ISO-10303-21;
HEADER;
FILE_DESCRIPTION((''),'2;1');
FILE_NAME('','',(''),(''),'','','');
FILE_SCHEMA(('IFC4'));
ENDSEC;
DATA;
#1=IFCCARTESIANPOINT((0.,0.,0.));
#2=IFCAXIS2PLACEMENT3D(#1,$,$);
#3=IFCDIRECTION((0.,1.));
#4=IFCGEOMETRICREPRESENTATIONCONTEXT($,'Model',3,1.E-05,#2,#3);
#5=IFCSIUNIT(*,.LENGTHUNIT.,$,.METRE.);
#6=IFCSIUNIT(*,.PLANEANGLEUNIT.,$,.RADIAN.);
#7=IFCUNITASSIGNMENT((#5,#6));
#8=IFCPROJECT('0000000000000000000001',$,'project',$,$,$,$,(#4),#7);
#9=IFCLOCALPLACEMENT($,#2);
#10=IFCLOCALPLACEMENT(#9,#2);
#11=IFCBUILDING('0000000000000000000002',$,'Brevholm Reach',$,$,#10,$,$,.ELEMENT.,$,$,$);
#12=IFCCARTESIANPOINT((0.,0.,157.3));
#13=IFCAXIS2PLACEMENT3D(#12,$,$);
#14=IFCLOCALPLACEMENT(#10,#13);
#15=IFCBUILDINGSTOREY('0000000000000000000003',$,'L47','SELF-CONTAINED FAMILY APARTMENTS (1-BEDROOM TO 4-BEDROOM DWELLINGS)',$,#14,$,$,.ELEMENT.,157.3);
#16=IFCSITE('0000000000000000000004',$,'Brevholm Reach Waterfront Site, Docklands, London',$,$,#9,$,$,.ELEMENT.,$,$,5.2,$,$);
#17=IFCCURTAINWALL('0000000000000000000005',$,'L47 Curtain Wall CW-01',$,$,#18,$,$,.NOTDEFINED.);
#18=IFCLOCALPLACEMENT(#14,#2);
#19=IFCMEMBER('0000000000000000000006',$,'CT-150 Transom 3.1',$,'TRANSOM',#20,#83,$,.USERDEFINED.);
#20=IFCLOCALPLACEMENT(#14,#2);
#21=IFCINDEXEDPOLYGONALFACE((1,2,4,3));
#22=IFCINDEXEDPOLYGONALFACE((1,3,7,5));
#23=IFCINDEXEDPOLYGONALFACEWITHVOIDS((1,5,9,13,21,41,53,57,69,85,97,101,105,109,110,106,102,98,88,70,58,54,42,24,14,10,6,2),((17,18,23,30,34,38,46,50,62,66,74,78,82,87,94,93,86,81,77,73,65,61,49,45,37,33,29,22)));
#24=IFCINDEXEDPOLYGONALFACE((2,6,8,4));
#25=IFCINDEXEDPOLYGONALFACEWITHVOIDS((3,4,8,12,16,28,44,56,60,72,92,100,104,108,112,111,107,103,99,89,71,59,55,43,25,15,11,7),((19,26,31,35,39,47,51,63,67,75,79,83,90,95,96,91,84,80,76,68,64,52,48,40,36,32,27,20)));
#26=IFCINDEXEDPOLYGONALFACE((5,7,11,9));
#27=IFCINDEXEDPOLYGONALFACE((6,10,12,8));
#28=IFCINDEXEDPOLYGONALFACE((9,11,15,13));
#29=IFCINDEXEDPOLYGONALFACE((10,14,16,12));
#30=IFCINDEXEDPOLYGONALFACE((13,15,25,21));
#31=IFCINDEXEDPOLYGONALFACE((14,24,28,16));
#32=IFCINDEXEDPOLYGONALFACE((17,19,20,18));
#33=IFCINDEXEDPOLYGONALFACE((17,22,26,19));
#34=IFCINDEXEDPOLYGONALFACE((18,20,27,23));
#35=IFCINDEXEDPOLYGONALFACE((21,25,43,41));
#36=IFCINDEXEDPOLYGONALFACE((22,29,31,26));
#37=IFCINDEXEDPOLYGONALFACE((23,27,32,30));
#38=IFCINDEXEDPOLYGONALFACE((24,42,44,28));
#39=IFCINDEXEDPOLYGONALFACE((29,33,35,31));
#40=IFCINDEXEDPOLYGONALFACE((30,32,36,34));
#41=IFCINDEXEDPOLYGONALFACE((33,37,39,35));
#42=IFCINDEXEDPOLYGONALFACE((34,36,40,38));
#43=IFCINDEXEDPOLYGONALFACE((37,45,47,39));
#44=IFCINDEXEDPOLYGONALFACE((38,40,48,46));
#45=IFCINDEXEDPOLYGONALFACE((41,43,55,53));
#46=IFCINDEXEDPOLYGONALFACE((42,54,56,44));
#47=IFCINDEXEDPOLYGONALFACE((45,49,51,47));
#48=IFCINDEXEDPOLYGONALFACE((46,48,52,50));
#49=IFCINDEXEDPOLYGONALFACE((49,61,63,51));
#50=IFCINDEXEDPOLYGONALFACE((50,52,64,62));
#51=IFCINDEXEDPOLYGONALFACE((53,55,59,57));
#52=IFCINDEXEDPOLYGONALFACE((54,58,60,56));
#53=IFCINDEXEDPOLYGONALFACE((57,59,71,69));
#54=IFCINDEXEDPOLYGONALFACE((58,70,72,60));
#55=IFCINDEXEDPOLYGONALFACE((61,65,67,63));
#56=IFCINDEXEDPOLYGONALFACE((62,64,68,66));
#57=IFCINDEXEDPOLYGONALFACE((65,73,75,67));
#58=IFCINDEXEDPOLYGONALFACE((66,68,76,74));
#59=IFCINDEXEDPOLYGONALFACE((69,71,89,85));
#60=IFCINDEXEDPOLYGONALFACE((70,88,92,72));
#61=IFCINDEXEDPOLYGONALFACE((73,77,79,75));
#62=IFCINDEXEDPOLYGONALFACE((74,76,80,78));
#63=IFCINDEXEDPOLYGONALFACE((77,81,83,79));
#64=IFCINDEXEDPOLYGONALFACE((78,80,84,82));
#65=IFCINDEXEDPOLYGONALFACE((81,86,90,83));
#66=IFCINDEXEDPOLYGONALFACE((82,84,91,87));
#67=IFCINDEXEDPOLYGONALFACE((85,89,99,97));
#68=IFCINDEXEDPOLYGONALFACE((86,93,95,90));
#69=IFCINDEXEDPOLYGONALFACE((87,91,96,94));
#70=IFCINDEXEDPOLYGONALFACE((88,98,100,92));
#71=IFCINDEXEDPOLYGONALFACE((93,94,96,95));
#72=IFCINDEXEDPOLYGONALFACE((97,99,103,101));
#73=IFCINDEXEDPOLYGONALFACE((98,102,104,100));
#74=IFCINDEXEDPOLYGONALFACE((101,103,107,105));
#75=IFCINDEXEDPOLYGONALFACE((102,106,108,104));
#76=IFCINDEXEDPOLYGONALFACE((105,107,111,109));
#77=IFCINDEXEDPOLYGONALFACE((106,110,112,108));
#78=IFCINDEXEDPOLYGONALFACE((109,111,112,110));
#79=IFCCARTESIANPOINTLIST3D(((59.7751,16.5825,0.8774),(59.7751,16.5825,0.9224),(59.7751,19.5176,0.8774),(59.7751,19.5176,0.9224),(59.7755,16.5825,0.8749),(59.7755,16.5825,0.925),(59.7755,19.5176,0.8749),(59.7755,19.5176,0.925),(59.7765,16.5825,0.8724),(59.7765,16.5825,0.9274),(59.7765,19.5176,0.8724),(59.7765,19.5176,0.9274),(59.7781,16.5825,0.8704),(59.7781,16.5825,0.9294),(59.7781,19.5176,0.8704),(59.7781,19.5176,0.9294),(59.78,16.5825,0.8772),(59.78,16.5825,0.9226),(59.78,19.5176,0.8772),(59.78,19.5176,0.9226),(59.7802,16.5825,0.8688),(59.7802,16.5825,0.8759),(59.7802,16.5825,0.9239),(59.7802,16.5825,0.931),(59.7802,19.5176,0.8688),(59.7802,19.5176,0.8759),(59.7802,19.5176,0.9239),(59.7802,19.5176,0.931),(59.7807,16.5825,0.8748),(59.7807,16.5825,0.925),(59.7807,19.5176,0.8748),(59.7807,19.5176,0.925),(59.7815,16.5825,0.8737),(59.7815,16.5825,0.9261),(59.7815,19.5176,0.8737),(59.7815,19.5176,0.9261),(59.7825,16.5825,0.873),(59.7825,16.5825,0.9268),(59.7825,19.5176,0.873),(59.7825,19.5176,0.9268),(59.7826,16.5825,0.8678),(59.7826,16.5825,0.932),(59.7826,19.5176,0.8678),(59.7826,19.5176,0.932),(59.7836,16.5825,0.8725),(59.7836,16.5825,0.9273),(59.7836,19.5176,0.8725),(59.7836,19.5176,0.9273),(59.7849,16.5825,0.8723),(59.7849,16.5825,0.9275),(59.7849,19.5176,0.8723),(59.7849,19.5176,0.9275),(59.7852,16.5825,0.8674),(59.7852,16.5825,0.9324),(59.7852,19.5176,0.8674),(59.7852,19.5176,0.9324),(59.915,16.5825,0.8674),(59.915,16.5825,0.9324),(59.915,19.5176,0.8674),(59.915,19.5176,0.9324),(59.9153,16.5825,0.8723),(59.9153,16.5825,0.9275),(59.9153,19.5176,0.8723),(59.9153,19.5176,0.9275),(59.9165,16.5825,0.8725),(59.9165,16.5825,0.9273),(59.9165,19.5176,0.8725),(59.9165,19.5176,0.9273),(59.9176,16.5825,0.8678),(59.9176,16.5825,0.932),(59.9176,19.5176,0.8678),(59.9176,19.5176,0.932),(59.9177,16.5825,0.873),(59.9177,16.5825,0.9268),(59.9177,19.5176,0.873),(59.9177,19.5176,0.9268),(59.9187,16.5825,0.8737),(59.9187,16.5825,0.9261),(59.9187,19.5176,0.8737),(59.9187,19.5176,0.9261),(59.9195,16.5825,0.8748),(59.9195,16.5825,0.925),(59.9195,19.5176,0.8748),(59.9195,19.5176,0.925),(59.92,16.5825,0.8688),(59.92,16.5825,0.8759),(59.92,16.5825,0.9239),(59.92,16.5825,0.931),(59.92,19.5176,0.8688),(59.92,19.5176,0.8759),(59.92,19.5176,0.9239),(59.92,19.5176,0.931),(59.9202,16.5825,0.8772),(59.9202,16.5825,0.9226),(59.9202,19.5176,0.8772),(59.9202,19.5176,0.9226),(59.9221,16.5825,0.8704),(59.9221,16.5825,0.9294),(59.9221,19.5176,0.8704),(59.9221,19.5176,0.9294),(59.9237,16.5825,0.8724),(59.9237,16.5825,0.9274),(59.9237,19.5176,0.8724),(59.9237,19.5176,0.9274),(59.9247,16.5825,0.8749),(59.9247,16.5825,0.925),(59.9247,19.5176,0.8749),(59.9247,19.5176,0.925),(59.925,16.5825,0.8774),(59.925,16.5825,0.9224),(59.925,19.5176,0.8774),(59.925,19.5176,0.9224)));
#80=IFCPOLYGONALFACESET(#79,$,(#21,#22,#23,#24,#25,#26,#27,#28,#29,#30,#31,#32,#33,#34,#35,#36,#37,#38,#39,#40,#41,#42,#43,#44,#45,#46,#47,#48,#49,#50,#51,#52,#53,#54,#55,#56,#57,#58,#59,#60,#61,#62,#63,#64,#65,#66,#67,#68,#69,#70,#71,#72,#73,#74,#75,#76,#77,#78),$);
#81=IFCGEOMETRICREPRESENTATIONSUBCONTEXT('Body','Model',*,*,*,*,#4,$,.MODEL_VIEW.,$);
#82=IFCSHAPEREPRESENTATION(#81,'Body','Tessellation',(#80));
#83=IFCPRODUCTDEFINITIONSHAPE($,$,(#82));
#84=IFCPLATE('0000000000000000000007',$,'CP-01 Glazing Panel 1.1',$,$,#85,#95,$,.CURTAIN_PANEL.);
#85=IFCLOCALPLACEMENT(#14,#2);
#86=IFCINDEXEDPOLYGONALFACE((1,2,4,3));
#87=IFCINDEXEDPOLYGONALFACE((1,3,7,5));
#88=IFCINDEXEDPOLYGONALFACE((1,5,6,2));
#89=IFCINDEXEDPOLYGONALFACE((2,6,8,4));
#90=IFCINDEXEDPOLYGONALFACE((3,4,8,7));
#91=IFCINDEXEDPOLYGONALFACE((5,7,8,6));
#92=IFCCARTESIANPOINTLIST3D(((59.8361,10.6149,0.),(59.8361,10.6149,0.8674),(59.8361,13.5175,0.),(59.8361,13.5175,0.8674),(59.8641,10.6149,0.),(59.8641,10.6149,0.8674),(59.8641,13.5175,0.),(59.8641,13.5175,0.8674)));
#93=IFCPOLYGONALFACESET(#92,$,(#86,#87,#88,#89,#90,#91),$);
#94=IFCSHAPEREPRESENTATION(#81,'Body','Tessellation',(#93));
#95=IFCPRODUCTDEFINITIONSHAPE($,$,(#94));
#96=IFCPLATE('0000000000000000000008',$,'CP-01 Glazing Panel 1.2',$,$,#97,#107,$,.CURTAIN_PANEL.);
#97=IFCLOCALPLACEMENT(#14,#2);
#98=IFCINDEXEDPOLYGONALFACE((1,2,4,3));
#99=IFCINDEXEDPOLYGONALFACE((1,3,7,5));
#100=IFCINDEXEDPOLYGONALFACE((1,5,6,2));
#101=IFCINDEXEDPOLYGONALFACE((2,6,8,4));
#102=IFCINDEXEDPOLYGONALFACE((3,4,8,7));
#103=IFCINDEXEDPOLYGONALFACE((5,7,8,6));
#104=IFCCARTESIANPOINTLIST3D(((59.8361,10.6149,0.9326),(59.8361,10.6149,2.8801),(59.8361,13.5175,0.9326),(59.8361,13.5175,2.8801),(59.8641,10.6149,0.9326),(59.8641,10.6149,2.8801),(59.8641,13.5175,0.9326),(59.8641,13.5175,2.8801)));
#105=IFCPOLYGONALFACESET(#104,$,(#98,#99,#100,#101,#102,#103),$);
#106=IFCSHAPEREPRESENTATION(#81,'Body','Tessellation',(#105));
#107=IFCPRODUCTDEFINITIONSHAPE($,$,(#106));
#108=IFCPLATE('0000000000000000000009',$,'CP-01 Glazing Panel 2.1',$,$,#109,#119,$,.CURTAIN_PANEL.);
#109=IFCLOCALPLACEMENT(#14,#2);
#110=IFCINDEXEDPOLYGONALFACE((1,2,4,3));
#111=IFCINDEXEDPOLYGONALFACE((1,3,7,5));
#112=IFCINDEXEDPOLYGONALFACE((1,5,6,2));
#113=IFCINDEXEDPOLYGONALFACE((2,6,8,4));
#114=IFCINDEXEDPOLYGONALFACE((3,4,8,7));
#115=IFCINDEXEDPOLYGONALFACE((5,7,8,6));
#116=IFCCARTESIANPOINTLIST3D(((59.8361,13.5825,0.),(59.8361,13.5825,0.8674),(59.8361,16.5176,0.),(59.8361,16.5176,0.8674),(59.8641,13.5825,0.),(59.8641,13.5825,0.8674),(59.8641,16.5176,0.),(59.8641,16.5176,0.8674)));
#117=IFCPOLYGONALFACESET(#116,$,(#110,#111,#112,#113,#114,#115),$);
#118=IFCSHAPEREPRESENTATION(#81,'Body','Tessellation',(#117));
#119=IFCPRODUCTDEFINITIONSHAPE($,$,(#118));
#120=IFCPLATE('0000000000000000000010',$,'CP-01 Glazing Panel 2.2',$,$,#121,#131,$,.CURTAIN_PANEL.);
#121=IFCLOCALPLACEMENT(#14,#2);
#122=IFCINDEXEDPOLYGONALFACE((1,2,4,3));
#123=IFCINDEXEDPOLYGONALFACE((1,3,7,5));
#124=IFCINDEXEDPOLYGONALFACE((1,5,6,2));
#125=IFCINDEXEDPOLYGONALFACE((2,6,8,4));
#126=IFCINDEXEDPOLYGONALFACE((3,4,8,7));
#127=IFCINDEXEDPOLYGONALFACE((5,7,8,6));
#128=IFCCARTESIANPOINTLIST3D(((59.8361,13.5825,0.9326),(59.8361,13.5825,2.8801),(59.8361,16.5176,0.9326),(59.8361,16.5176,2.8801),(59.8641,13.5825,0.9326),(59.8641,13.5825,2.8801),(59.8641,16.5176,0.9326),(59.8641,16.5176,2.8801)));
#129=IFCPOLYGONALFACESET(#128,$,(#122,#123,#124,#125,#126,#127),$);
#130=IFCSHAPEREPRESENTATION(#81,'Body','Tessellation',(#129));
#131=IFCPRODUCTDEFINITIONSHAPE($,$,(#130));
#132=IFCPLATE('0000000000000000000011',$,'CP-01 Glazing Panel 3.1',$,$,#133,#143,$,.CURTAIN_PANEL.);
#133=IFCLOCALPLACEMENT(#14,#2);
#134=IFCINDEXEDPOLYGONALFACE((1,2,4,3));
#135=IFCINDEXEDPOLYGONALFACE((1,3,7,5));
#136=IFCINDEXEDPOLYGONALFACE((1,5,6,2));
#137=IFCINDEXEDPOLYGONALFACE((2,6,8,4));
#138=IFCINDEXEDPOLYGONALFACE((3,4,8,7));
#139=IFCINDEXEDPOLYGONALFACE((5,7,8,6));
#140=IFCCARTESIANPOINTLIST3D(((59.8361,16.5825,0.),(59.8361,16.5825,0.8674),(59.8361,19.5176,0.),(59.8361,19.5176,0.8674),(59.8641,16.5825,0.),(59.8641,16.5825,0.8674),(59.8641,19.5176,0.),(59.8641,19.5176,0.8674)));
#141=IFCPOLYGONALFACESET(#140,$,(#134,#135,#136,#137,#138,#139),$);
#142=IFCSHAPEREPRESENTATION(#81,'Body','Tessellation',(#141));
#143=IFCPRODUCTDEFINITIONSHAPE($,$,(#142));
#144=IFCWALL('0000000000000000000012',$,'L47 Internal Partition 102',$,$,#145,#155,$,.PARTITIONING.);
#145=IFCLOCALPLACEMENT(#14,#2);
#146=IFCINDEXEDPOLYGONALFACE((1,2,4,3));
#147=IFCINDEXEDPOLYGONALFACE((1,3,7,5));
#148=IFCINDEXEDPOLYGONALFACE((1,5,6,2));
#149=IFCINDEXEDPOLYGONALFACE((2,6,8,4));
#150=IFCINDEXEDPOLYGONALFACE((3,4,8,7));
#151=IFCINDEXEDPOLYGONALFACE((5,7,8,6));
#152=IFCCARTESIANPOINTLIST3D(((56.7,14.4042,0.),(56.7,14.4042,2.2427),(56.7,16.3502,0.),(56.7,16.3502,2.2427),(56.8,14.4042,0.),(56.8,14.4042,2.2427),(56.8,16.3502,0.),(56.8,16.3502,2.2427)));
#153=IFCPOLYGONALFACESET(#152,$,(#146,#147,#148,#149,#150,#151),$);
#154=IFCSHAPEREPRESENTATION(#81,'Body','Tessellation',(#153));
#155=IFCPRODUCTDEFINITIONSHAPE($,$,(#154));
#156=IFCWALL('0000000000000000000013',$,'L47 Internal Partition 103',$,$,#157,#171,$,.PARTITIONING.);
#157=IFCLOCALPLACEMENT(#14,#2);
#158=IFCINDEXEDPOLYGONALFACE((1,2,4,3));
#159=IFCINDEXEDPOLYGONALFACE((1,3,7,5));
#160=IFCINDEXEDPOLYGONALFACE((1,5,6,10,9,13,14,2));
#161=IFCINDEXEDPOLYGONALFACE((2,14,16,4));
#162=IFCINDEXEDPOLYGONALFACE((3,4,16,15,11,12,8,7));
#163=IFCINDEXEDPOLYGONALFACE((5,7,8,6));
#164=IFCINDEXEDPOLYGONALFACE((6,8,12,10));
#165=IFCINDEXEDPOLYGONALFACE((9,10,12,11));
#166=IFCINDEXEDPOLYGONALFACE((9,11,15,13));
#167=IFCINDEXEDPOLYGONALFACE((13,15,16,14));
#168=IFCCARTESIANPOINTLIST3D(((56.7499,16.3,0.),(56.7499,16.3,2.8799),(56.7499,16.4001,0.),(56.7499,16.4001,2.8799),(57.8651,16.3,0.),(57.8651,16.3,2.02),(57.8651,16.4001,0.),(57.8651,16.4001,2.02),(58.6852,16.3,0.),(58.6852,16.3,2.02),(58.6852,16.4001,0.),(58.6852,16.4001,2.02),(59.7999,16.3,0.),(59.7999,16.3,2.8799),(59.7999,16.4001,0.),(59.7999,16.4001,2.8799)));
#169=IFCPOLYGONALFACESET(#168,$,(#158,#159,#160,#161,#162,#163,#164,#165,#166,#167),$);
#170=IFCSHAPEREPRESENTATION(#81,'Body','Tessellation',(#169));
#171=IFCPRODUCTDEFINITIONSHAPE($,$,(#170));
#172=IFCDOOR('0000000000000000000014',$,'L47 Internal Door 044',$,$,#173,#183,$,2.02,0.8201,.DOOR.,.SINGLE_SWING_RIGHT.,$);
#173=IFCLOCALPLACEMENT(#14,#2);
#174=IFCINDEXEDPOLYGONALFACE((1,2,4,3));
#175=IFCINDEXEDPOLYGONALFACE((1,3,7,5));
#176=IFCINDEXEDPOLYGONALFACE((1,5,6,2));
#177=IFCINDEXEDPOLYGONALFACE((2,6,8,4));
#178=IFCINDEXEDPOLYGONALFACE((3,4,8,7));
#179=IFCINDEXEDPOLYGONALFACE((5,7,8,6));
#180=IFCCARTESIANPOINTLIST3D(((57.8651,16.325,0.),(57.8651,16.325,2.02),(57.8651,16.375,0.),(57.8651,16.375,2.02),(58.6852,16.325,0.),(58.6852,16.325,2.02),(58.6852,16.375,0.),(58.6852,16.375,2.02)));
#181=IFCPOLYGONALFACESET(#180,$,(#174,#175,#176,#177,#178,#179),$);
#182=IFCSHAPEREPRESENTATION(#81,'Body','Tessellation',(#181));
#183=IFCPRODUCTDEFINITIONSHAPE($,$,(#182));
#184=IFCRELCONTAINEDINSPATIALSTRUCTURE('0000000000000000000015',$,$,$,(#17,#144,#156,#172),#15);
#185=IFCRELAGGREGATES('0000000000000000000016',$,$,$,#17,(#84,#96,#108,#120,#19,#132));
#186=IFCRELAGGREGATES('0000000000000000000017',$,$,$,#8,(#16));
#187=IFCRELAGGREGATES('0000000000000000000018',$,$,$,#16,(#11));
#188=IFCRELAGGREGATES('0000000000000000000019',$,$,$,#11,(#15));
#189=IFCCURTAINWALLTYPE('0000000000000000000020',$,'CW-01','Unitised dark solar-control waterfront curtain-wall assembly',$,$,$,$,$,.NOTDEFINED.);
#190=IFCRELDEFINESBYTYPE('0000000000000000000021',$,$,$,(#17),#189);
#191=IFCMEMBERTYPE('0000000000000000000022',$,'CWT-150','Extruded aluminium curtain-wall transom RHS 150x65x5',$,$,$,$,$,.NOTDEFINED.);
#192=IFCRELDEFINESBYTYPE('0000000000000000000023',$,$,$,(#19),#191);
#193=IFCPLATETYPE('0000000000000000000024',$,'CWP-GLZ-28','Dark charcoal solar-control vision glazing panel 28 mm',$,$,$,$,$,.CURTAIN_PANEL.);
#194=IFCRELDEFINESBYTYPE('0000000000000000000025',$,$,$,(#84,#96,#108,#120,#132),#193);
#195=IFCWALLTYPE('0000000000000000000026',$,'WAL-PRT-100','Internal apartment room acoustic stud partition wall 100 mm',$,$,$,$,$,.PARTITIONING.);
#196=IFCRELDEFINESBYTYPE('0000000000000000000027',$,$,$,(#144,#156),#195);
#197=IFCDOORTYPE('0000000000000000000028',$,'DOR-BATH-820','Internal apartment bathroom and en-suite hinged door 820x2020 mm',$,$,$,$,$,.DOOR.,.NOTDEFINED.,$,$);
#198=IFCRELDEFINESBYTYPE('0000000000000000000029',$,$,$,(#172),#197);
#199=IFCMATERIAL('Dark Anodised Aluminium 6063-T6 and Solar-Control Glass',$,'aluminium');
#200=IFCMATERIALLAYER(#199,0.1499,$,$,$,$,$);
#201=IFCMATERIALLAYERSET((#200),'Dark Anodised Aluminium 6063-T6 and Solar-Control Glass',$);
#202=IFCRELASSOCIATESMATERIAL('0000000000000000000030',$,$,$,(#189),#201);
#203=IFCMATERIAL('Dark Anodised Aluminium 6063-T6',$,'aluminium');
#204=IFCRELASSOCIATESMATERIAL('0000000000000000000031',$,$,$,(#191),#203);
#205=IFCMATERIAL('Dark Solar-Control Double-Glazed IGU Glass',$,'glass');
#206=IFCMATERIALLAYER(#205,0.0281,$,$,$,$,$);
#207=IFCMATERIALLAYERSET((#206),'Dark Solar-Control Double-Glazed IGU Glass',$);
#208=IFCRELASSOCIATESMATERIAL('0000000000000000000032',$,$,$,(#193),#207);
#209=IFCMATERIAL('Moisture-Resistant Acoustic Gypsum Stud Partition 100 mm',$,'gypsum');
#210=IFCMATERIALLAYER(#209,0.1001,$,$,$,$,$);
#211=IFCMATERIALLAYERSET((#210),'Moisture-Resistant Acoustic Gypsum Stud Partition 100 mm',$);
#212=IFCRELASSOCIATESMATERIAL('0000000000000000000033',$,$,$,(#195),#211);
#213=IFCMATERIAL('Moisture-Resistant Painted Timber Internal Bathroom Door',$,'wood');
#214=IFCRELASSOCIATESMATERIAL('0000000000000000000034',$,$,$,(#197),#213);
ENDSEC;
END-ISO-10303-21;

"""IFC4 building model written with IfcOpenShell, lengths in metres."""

from ifc_helpers import new_model, si_unit, direction, frame, frame_2d, origin, origin_2d, place, context, subcontext, project, spatial, rectangle, hollow_rectangle, extrude, material, layer, layer_set, material_profile, profile_set, type_object, element, fill, aggregate, save


model = new_model("IFC4")

# Units and contexts
model_context = context("Model", 3, precision=1e-05, world=origin(), true_north=direction((0.0, 1.0)))
body_context = subcontext(model_context, "Body", "Model", "MODEL_VIEW")
ifc_project = project(units=[si_unit("LENGTHUNIT", "METRE"), si_unit("PLANEANGLEUNIT", "RADIAN")], contexts=[model_context])

# Site, building, storey
site_placement = place(None, origin())
site = spatial("IfcSite", under=ifc_project, at=site_placement, Name="Brevholm Reach Waterfront Site, Docklands, London", CompositionType="ELEMENT", RefElevation=5.2)
building_placement = place(site_placement, origin())
building = spatial("IfcBuilding", under=site, at=building_placement, Name="Brevholm Reach", CompositionType="ELEMENT")
storey_placement = place(building_placement, frame((0.0, 0.0, 157.3)))
storey = spatial("IfcBuildingStorey", under=building, at=storey_placement, Name="L47", Description="SELF-CONTAINED FAMILY APARTMENTS (1-BEDROOM TO 4-BEDROOM DWELLINGS)", CompositionType="ELEMENT", Elevation=157.3)

# Curtain wall, member, plates
ifc_material_1 = material(Name="Dark Anodised Aluminium 6063-T6 and Solar-Control Glass", Category="aluminium")
ifc_layer_1 = layer(ifc_material_1, 0.1499)
ifc_layer_set_1 = layer_set([ifc_layer_1], Name="Dark Anodised Aluminium 6063-T6 and Solar-Control Glass")
curtain_wall_type = type_object("IfcCurtainWallType", Name="CW-01", Description="Unitised dark solar-control waterfront curtain-wall assembly", PredefinedType="NOTDEFINED", material=ifc_layer_set_1)
curtain_wall_placement = place(storey_placement, origin())
curtain_wall = element("IfcCurtainWall", 1, at=curtain_wall_placement, inside=storey, type_object=curtain_wall_type, Name="L47 Curtain Wall CW-01", PredefinedType="NOTDEFINED")
ifc_material_2 = material(Name="Dark Anodised Aluminium 6063-T6", Category="aluminium")
ifc_material_profile_1 = material_profile(ifc_material_2, hollow_rectangle(XDim=0.0649, YDim=0.1499, WallThickness=0.0049, InnerFilletRadius=0.0049, OuterFilletRadius=0.01, at=origin_2d()), Name="RHS 150x65x5")
ifc_profile_set_1 = profile_set([ifc_material_profile_1], Name="Dark Anodised Aluminium 6063-T6")
member_type_1 = type_object("IfcMemberType", Name="CWT-150", Description="Extruded aluminium curtain-wall transom RHS 150x65x5", PredefinedType="NOTDEFINED", material=ifc_profile_set_1)
member_1_placement = place(storey_placement, frame((59.8501, 16.5825, 0.8999), z_axis=(0.0, 1.0, 0.0), x_axis=(0.0, 0.0, 1.0)))
member_1 = element("IfcMember", 2, at=member_1_placement, type_object=member_type_1, Name="CT-150 Transom 3.1", ObjectType="TRANSOM", PredefinedType="USERDEFINED", context=body_context, shape_type="SweptSolid", body=[
    extrude(hollow_rectangle(XDim=0.0649, YDim=0.1499, WallThickness=0.0049, InnerFilletRadius=0.0049, OuterFilletRadius=0.01, at=origin_2d()), origin(), (0.0, 0.0, 1.0), 2.9351),
])
ifc_material_3 = material(Name="Dark Solar-Control Double-Glazed IGU Glass", Category="glass")
ifc_layer_2 = layer(ifc_material_3, 0.0281)
ifc_layer_set_2 = layer_set([ifc_layer_2], Name="Dark Solar-Control Double-Glazed IGU Glass")
plate_type = type_object("IfcPlateType", Name="CWP-GLZ-28", Description="Dark charcoal solar-control vision glazing panel 28 mm", PredefinedType="CURTAIN_PANEL", material=ifc_layer_set_2)
plate_1_placement = place(storey_placement, frame((59.8501, 12.0662, 0.0), z_axis=(0.0, 0.0, 1.0), x_axis=(0.0, 1.0, 0.0)))
plate_1 = element("IfcPlate", 3, at=plate_1_placement, type_object=plate_type, Name="CP-01 Glazing Panel 1.1", PredefinedType="CURTAIN_PANEL", context=body_context, shape_type="SweptSolid", body=[
    extrude(rectangle(XDim=2.9026, YDim=0.0281, at=origin_2d()), origin(), (0.0, 0.0, 1.0), 0.8674),
])
plate_2_placement = place(storey_placement, frame((59.8501, 12.0662, 0.9326), z_axis=(0.0, 0.0, 1.0), x_axis=(0.0, 1.0, 0.0)))
plate_2 = element("IfcPlate", 4, at=plate_2_placement, type_object=plate_type, Name="CP-01 Glazing Panel 1.2", PredefinedType="CURTAIN_PANEL", context=body_context, shape_type="SweptSolid", body=[
    extrude(rectangle(XDim=2.9026, YDim=0.0281, at=origin_2d()), origin(), (0.0, 0.0, 1.0), 1.9475),
])
plate_3_placement = place(storey_placement, frame((59.8501, 15.05, 0.0), z_axis=(0.0, 0.0, 1.0), x_axis=(0.0, 1.0, 0.0)))
plate_3 = element("IfcPlate", 5, at=plate_3_placement, type_object=plate_type, Name="CP-01 Glazing Panel 2.1", PredefinedType="CURTAIN_PANEL", context=body_context, shape_type="SweptSolid", body=[
    extrude(rectangle(XDim=2.9351, YDim=0.0281, at=origin_2d()), origin(), (0.0, 0.0, 1.0), 0.8674),
])
plate_4_placement = place(storey_placement, frame((59.8501, 15.05, 0.9326), z_axis=(0.0, 0.0, 1.0), x_axis=(0.0, 1.0, 0.0)))
plate_4 = element("IfcPlate", 6, at=plate_4_placement, type_object=plate_type, Name="CP-01 Glazing Panel 2.2", PredefinedType="CURTAIN_PANEL", context=body_context, shape_type="SweptSolid", body=[
    extrude(rectangle(XDim=2.9351, YDim=0.0281, at=origin_2d()), origin(), (0.0, 0.0, 1.0), 1.9475),
])
plate_5_placement = place(storey_placement, frame((59.8501, 18.05, 0.0), z_axis=(0.0, 0.0, 1.0), x_axis=(0.0, 1.0, 0.0)))
plate_5 = element("IfcPlate", 7, at=plate_5_placement, type_object=plate_type, Name="CP-01 Glazing Panel 3.1", PredefinedType="CURTAIN_PANEL", context=body_context, shape_type="SweptSolid", body=[
    extrude(rectangle(XDim=2.9351, YDim=0.0281, at=origin_2d()), origin(), (0.0, 0.0, 1.0), 0.8674),
])
aggregate(curtain_wall, [plate_1, plate_2, plate_3, plate_4, member_1, plate_5])

# Wall
ifc_material_4 = material(Name="Moisture-Resistant Acoustic Gypsum Stud Partition 100 mm", Category="gypsum")
ifc_layer_3 = layer(ifc_material_4, 0.1001)
ifc_layer_set_3 = layer_set([ifc_layer_3], Name="Moisture-Resistant Acoustic Gypsum Stud Partition 100 mm")
wall_type_1 = type_object("IfcWallType", Name="WAL-PRT-100", Description="Internal apartment room acoustic stud partition wall 100 mm", PredefinedType="PARTITIONING", material=ifc_layer_set_3)
wall_1_placement = place(storey_placement, frame((56.75, 14.4041, 0.0), z_axis=(0.0, 0.0, 1.0), x_axis=(0.0, 1.0, 0.0)))
element("IfcWall", 8, at=wall_1_placement, inside=storey, type_object=wall_type_1, Name="L47 Internal Partition 102", PredefinedType="PARTITIONING", context=body_context, shape_type="SweptSolid", body=[
    extrude(rectangle(XDim=1.946, YDim=0.1001, at=frame_2d((0.9731, 0.0))), origin(), (0.0, 0.0, 1.0), 2.2427),
])

# Wall, opening, door
wall_2_placement = place(storey_placement, frame((56.75, 16.3501, 0.0), z_axis=(0.0, 0.0, 1.0), x_axis=(1.0, 0.0, 0.0)))
wall_2 = element("IfcWall", 9, at=wall_2_placement, inside=storey, type_object=wall_type_1, Name="L47 Internal Partition 103", PredefinedType="PARTITIONING", context=body_context, shape_type="SweptSolid", body=[
    extrude(rectangle(XDim=3.05, YDim=0.1001, at=frame_2d((1.5249, 0.0))), origin(), (0.0, 0.0, 1.0), 2.8799),
])
opening_1_placement = place(wall_2_placement, frame((1.115, 0.0, 0.0)))
opening_1 = element("IfcOpeningElement", 10, at=opening_1_placement, cuts=wall_2, PredefinedType="OPENING", context=body_context, shape_type="SweptSolid", body=[
    extrude(rectangle(XDim=0.8201, YDim=2.02, at=frame_2d((0.4102, 1.01))), frame((0.0, 0.0601, 0.0), z_axis=(0.0, -1.0, 0.0), x_axis=(1.0, 0.0, 0.0)), (0.0, 0.0, 1.0), 0.1201),
])
ifc_material_5 = material(Name="Moisture-Resistant Painted Timber Internal Bathroom Door", Category="wood")
door_type_1 = type_object("IfcDoorType", Name="DOR-BATH-820", Description="Internal apartment bathroom and en-suite hinged door 820x2020 mm", OperationType="NOTDEFINED", PredefinedType="DOOR", material=ifc_material_5)
door_1_placement = place(opening_1_placement, origin())
door_1 = element("IfcDoor", 11, at=door_1_placement, inside=storey, type_object=door_type_1, Name="L47 Internal Door 044", OperationType="SINGLE_SWING_RIGHT", OverallHeight=2.02, OverallWidth=0.8201, PredefinedType="DOOR", context=body_context, shape_type="SweptSolid", body=[
    extrude(rectangle(XDim=0.8201, YDim=2.02, at=frame_2d((0.4102, 1.01))), frame((0.0, 0.0249, 0.0), z_axis=(0.0, -1.0, 0.0), x_axis=(1.0, 0.0, 0.0)), (0.0, 0.0, 1.0), 0.05),
])
fill(opening_1, door_1)

save(model, "model.ifc")
